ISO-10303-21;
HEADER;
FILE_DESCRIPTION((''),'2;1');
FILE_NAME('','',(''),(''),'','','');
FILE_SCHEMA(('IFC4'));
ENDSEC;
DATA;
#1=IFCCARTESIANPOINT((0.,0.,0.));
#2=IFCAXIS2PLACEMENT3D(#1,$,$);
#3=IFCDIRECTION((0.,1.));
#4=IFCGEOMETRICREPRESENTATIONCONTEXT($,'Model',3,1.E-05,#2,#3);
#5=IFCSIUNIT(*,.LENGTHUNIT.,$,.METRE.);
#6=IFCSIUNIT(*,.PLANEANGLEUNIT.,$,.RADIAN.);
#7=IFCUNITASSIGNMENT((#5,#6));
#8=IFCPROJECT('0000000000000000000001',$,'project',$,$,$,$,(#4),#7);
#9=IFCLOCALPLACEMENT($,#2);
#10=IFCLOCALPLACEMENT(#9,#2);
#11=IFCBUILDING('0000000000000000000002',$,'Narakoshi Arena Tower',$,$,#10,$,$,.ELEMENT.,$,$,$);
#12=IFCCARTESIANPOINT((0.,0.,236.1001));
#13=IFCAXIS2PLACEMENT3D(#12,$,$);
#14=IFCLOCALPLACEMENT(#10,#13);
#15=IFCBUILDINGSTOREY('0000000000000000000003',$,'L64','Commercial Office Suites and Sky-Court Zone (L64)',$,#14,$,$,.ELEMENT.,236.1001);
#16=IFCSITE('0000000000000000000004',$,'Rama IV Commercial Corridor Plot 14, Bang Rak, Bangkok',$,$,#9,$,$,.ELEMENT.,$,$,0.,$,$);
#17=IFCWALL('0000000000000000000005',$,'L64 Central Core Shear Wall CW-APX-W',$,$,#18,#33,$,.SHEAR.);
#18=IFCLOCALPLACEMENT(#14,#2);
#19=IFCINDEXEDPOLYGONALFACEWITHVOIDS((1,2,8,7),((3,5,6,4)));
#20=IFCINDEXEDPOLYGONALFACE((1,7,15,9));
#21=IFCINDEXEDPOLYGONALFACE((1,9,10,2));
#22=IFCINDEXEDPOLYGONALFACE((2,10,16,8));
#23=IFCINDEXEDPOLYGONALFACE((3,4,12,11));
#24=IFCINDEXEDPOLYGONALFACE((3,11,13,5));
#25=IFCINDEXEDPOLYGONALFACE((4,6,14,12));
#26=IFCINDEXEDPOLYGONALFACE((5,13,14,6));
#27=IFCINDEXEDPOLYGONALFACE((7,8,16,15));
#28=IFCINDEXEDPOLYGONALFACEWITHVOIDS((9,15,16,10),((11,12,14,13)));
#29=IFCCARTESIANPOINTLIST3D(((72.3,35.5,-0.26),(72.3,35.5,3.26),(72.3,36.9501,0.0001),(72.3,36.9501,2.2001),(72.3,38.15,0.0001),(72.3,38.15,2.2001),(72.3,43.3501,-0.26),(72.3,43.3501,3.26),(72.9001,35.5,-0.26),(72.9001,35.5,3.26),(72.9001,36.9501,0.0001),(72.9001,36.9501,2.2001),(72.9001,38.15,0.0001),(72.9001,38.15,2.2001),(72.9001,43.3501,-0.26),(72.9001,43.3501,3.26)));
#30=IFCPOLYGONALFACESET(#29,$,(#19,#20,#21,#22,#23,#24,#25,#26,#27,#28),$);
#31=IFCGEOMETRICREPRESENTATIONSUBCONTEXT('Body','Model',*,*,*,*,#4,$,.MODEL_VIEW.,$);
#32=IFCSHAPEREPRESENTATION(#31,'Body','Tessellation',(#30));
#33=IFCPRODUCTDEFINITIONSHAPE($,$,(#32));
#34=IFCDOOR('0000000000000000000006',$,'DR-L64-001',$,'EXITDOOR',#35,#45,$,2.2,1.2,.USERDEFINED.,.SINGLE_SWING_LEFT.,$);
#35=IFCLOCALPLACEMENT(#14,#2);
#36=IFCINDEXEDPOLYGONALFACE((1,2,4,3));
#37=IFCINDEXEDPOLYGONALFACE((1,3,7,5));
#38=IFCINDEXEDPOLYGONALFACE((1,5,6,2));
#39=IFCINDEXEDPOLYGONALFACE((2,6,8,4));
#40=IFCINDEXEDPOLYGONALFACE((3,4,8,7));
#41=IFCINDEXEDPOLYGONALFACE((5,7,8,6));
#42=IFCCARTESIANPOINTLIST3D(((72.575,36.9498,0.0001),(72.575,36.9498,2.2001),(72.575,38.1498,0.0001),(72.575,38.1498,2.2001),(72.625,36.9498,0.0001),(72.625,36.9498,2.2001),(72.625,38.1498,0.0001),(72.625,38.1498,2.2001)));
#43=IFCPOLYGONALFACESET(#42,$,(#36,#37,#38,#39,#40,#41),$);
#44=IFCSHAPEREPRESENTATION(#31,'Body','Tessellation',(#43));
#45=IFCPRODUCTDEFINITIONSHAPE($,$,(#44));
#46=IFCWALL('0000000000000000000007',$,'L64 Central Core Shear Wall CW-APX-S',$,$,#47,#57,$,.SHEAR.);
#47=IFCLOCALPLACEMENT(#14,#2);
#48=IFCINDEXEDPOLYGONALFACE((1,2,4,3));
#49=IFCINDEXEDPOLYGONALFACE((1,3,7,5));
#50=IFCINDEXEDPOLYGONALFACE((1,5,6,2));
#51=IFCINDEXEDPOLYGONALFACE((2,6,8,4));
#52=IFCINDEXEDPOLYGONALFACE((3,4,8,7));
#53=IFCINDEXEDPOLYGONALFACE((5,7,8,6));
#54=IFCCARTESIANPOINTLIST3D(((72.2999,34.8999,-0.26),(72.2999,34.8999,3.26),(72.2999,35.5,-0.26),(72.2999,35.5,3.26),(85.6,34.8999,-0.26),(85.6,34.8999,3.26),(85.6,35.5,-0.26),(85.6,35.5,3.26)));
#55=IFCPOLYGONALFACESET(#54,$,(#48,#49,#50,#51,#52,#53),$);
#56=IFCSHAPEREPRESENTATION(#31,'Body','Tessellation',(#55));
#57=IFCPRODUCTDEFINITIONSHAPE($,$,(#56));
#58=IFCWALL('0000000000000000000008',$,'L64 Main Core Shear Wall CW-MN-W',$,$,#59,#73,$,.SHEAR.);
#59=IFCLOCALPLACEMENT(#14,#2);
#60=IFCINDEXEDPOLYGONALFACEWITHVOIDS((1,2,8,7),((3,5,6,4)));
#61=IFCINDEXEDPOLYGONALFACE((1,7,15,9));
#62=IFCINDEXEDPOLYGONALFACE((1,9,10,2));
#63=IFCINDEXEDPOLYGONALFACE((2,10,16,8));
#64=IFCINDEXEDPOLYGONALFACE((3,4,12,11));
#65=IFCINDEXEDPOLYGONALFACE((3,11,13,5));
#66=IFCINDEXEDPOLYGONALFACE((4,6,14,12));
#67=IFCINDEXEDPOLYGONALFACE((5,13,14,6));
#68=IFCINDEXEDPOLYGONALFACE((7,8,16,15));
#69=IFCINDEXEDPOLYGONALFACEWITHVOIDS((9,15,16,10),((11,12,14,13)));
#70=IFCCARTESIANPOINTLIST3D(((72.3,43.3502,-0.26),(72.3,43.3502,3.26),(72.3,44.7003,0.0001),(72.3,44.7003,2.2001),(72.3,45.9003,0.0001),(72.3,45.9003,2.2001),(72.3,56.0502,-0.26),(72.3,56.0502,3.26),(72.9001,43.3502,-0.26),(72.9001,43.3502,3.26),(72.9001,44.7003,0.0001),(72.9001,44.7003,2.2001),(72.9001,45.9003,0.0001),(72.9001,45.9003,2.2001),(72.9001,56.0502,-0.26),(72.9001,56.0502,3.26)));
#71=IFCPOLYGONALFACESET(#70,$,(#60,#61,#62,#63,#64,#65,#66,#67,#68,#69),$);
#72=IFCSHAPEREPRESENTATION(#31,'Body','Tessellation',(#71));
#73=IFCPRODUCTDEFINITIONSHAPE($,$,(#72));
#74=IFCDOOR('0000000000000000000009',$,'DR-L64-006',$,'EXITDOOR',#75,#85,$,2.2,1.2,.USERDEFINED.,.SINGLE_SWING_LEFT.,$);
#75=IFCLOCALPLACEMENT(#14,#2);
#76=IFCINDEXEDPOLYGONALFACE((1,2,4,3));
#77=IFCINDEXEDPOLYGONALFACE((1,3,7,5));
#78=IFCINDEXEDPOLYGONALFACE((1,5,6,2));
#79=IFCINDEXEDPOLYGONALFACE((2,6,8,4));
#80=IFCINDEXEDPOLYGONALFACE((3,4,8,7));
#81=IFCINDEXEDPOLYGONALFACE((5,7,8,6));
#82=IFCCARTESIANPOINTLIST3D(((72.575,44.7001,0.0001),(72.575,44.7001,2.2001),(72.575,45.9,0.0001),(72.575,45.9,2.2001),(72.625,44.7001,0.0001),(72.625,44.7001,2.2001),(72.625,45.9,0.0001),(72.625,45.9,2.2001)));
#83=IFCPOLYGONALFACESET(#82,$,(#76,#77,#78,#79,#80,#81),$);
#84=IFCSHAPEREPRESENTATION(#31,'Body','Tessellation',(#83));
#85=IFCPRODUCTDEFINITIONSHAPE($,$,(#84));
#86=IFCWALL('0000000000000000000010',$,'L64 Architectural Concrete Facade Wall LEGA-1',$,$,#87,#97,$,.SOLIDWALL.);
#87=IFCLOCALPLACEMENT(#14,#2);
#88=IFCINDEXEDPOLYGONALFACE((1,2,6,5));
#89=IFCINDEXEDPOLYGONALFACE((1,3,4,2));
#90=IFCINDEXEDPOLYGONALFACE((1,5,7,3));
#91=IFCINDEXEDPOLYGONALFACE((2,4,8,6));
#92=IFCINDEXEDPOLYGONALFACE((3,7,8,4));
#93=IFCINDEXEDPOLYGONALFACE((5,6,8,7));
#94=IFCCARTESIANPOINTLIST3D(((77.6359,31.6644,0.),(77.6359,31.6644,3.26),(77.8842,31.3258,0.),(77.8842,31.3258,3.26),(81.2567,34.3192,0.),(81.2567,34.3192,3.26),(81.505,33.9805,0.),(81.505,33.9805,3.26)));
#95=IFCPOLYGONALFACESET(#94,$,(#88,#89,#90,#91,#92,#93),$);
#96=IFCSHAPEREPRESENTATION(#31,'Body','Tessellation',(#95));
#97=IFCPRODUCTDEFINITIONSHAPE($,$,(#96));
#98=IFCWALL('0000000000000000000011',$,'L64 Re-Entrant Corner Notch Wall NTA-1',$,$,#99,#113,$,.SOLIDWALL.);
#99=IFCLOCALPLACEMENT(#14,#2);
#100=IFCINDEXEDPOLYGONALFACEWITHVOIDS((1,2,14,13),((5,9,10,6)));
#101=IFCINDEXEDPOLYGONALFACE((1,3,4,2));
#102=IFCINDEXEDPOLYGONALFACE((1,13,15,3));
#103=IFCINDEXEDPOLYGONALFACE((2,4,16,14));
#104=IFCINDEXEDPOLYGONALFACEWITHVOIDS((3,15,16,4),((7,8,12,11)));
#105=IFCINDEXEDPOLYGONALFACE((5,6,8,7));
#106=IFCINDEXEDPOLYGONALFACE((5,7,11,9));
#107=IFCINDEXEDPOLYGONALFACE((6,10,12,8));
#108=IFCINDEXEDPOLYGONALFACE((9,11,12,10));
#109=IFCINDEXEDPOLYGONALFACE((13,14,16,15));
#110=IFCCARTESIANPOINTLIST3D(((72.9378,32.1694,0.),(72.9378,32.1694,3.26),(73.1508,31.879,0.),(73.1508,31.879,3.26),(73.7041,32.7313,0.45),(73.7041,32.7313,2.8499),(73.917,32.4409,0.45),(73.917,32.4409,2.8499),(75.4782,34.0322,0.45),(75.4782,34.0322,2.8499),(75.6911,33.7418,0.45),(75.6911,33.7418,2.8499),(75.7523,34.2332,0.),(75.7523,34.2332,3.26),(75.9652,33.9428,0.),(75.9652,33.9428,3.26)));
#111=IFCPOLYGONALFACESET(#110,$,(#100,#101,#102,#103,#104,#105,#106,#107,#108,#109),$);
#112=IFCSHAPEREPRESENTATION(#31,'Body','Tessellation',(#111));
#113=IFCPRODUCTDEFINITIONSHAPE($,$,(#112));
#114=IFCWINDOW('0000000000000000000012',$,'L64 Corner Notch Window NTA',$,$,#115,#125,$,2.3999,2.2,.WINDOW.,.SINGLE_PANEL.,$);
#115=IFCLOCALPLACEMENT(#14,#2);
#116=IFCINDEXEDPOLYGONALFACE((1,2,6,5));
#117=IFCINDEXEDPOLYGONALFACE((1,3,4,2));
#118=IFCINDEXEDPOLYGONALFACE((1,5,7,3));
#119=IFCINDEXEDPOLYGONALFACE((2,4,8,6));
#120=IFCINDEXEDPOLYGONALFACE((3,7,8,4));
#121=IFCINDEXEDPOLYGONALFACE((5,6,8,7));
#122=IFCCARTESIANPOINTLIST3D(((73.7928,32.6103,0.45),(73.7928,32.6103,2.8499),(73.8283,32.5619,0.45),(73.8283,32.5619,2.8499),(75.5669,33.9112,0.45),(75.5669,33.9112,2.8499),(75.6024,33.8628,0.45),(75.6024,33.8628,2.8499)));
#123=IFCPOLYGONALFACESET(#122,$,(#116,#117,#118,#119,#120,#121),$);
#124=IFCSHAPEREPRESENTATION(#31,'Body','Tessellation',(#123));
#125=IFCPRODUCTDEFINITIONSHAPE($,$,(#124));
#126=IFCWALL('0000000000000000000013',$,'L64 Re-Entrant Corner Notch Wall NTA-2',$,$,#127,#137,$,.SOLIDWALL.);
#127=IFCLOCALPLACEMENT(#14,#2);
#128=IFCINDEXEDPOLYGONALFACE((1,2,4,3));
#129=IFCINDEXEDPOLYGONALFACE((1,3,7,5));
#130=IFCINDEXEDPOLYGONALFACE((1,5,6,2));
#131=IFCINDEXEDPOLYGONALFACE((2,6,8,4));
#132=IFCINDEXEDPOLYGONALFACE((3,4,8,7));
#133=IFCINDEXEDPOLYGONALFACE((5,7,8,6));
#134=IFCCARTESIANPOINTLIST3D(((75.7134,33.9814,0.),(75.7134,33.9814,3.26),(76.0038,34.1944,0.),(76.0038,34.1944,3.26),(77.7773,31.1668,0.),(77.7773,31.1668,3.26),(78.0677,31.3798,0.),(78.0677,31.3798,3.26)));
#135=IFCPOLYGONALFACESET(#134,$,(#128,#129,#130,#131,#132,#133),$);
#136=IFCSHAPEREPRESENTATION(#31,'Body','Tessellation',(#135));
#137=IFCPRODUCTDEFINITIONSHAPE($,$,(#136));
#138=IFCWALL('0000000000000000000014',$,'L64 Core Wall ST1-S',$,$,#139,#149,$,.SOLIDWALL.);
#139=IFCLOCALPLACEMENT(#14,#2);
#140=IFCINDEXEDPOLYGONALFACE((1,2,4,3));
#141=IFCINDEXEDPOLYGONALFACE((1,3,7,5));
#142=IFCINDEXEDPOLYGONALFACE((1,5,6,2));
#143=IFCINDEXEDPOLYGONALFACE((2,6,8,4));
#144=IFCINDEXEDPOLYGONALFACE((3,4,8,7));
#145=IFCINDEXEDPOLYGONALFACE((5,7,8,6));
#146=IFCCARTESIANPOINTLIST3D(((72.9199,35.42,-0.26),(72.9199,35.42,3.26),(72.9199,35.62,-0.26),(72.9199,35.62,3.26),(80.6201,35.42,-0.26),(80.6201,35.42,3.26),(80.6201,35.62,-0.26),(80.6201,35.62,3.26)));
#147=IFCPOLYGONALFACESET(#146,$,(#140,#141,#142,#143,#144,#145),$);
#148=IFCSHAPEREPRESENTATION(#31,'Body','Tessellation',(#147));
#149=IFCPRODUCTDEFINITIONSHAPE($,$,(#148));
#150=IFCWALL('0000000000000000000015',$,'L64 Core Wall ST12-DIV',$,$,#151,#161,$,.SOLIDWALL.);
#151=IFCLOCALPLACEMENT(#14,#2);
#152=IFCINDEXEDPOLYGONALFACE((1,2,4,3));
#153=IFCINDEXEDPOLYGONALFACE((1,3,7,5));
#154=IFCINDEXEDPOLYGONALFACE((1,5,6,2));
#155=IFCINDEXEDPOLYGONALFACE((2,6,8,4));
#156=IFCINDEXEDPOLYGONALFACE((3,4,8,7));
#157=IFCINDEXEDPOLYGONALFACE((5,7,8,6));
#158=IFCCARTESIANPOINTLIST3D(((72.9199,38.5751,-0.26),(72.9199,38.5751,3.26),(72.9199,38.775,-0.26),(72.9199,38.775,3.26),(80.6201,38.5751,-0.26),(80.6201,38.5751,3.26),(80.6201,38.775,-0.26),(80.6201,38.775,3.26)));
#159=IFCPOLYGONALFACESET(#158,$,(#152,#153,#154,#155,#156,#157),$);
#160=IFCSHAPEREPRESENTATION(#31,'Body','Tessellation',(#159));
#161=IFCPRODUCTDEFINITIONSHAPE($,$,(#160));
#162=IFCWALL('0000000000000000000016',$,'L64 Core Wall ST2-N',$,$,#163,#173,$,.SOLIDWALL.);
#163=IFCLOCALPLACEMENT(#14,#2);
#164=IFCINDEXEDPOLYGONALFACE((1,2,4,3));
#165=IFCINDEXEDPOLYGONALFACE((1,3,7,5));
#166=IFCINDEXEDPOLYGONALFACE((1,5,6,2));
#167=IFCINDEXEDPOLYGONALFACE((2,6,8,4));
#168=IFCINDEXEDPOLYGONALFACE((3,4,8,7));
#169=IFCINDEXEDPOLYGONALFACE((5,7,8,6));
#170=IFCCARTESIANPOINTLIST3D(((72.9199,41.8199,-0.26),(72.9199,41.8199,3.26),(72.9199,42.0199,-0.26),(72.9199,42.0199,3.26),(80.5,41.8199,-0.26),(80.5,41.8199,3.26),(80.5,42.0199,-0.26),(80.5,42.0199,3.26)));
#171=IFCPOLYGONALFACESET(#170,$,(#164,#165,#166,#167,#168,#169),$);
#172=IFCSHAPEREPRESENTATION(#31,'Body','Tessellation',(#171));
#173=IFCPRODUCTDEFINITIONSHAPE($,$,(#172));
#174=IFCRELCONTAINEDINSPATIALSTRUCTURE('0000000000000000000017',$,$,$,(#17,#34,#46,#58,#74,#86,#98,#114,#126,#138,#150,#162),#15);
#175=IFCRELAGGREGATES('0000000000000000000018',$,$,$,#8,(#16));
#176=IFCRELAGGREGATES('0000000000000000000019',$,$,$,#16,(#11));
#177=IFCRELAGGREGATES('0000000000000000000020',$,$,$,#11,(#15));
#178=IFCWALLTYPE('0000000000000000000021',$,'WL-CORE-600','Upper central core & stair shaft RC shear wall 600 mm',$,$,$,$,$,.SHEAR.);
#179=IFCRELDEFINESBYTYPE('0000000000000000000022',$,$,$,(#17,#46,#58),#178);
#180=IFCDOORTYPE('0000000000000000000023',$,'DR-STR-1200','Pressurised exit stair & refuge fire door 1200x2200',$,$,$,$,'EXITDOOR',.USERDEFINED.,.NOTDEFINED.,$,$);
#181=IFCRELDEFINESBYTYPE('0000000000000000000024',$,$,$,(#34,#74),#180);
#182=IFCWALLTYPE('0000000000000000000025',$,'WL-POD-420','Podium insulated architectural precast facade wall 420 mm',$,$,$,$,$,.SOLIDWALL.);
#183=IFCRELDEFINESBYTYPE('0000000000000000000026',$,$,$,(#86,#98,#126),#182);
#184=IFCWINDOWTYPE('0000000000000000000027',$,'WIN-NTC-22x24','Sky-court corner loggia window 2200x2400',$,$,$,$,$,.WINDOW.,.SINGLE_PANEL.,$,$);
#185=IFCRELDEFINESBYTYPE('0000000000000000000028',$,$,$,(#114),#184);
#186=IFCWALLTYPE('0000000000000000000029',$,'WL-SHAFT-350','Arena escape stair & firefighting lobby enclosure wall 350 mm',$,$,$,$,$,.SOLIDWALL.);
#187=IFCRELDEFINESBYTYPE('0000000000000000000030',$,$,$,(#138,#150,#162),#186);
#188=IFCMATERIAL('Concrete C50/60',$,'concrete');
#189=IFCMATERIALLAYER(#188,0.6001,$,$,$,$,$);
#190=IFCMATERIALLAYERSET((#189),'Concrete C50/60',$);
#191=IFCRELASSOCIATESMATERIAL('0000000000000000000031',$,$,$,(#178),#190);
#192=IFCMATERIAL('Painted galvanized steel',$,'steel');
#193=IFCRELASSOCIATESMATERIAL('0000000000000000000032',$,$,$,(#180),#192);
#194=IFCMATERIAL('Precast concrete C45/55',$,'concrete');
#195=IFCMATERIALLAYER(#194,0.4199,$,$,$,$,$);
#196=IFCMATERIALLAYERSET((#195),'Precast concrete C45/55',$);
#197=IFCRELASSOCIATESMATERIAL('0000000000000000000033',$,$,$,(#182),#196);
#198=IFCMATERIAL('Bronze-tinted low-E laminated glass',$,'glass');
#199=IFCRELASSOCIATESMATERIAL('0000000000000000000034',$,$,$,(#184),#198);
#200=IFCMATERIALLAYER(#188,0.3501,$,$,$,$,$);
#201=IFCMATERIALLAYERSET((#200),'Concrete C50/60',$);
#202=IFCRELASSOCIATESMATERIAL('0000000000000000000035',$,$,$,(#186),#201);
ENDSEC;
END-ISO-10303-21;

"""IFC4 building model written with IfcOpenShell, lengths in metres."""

from ifc_helpers import new_model, si_unit, direction, frame, frame_2d, origin, place, context, subcontext, project, spatial, rectangle, extrude, material, layer, layer_set, type_object, element, fill, save


model = new_model("IFC4")

# Units and contexts
model_context = context("Model", 3, precision=1e-05, world=origin(), true_north=direction((0.0, 1.0)))
body_context = subcontext(model_context, "Body", "Model", "MODEL_VIEW")
ifc_project = project(units=[si_unit("LENGTHUNIT", "METRE"), si_unit("PLANEANGLEUNIT", "RADIAN")], contexts=[model_context])

# Site, building, storey
site_placement = place(None, origin())
site = spatial("IfcSite", under=ifc_project, at=site_placement, Name="Rama IV Commercial Corridor Plot 14, Bang Rak, Bangkok", CompositionType="ELEMENT", RefElevation=0.0)
building_placement = place(site_placement, origin())
building = spatial("IfcBuilding", under=site, at=building_placement, Name="Narakoshi Arena Tower", CompositionType="ELEMENT")
storey_placement = place(building_placement, frame((0.0, 0.0, 236.1001)))
storey = spatial("IfcBuildingStorey", under=building, at=storey_placement, Name="L64", Description="Commercial Office Suites and Sky-Court Zone (L64)", CompositionType="ELEMENT", Elevation=236.1001)

# Wall, opening, door
ifc_material_1 = material(Name="Concrete C50/60", Category="concrete")
ifc_layer_1 = layer(ifc_material_1, 0.6001)
ifc_layer_set_1 = layer_set([ifc_layer_1], Name="Concrete C50/60")
wall_type_1 = type_object("IfcWallType", Name="WL-CORE-600", Description="Upper central core & stair shaft RC shear wall 600 mm", PredefinedType="SHEAR", material=ifc_layer_set_1)
wall_1_placement = place(storey_placement, frame((72.6001, 35.5, -0.26), z_axis=(0.0, 0.0, 1.0), x_axis=(0.0, 1.0, 0.0)))
wall_1 = element("IfcWall", 1, at=wall_1_placement, inside=storey, type_object=wall_type_1, Name="L64 Central Core Shear Wall CW-APX-W", PredefinedType="SHEAR", context=body_context, shape_type="SweptSolid", body=[
    extrude(rectangle(XDim=7.8501, YDim=0.6001, at=frame_2d((3.925, 0.0))), origin(), (0.0, 0.0, 1.0), 3.52),
])
opening_1_placement = place(wall_1_placement, frame((1.45, 0.0, 0.26)))
opening_1 = element("IfcOpeningElement", 2, at=opening_1_placement, cuts=wall_1, PredefinedType="OPENING", context=body_context, shape_type="SweptSolid", body=[
    extrude(rectangle(XDim=1.2, YDim=2.2, at=frame_2d((0.6001, 1.1001))), frame((0.0, 0.3101, 0.0), z_axis=(0.0, -1.0, 0.0), x_axis=(1.0, 0.0, 0.0)), (0.0, 0.0, 1.0), 0.6201),
])
ifc_material_2 = material(Name="Painted galvanized steel", Category="steel")
door_type = type_object("IfcDoorType", Name="DR-STR-1200", Description="Pressurised exit stair & refuge fire door 1200x2200", ElementType="EXITDOOR", OperationType="NOTDEFINED", PredefinedType="USERDEFINED", material=ifc_material_2)
door_1_placement = place(opening_1_placement, frame((1.2, 0.0, 0.0), z_axis=(0.0, 0.0, 1.0), x_axis=(-1.0, 0.0, 0.0)))
door_1 = element("IfcDoor", 3, at=door_1_placement, inside=storey, type_object=door_type, Name="DR-L64-001", ObjectType="EXITDOOR", OperationType="SINGLE_SWING_LEFT", OverallHeight=2.2, OverallWidth=1.2, PredefinedType="USERDEFINED", context=body_context, shape_type="SweptSolid", body=[
    extrude(rectangle(XDim=1.2, YDim=2.2, at=frame_2d((0.6001, 1.1001))), frame((0.0, 0.0249, 0.0), z_axis=(0.0, -1.0, 0.0), x_axis=(1.0, 0.0, 0.0)), (0.0, 0.0, 1.0), 0.05),
])
fill(opening_1, door_1)

# Wall
wall_2_placement = place(storey_placement, frame((72.3, 35.2, -0.26), z_axis=(0.0, 0.0, 1.0), x_axis=(1.0, 0.0, 0.0)))
element("IfcWall", 4, at=wall_2_placement, inside=storey, type_object=wall_type_1, Name="L64 Central Core Shear Wall CW-APX-S", PredefinedType="SHEAR", context=body_context, shape_type="SweptSolid", body=[
    extrude(rectangle(XDim=13.3, YDim=0.6001, at=frame_2d((6.6499, 0.0))), origin(), (0.0, 0.0, 1.0), 3.52),
])

# Wall, opening, door
wall_3_placement = place(storey_placement, frame((72.6001, 43.3501, -0.26), z_axis=(0.0, 0.0, 1.0), x_axis=(0.0, 1.0, 0.0)))
wall_3 = element("IfcWall", 5, at=wall_3_placement, inside=storey, type_object=wall_type_1, Name="L64 Main Core Shear Wall CW-MN-W", PredefinedType="SHEAR", context=body_context, shape_type="SweptSolid", body=[
    extrude(rectangle(XDim=12.7, YDim=0.6001, at=frame_2d((6.3501, 0.0))), origin(), (0.0, 0.0, 1.0), 3.52),
])
opening_2_placement = place(wall_3_placement, frame((1.3501, 0.0, 0.26)))
opening_2 = element("IfcOpeningElement", 6, at=opening_2_placement, cuts=wall_3, PredefinedType="OPENING", context=body_context, shape_type="SweptSolid", body=[
    extrude(rectangle(XDim=1.2, YDim=2.2, at=frame_2d((0.6001, 1.1001))), frame((0.0, 0.3101, 0.0), z_axis=(0.0, -1.0, 0.0), x_axis=(1.0, 0.0, 0.0)), (0.0, 0.0, 1.0), 0.6201),
])
door_2_placement = place(opening_2_placement, frame((1.2, 0.0, 0.0), z_axis=(0.0, 0.0, 1.0), x_axis=(-1.0, 0.0, 0.0)))
door_2 = element("IfcDoor", 7, at=door_2_placement, inside=storey, type_object=door_type, Name="DR-L64-006", ObjectType="EXITDOOR", OperationType="SINGLE_SWING_LEFT", OverallHeight=2.2, OverallWidth=1.2, PredefinedType="USERDEFINED", context=body_context, shape_type="SweptSolid", body=[
    extrude(rectangle(XDim=1.2, YDim=2.2, at=frame_2d((0.6001, 1.1001))), frame((0.0, 0.0249, 0.0), z_axis=(0.0, -1.0, 0.0), x_axis=(1.0, 0.0, 0.0)), (0.0, 0.0, 1.0), 0.05),
])
fill(opening_2, door_2)

# Wall
ifc_material_3 = material(Name="Precast concrete C45/55", Category="concrete")
ifc_layer_2 = layer(ifc_material_3, 0.4199)
ifc_layer_set_2 = layer_set([ifc_layer_2], Name="Precast concrete C45/55")
wall_type_2 = type_object("IfcWallType", Name="WL-POD-420", Description="Podium insulated architectural precast facade wall 420 mm", PredefinedType="SOLIDWALL", material=ifc_layer_set_2)
wall_4_placement = place(storey_placement, frame((77.76, 31.4951, 0.0), z_axis=(0.0, 0.0, 1.0), x_axis=(0.806459, 0.591291, 0.0)))
element("IfcWall", 8, at=wall_4_placement, inside=storey, type_object=wall_type_2, Name="L64 Architectural Concrete Facade Wall LEGA-1", PredefinedType="SOLIDWALL", context=body_context, shape_type="SweptSolid", body=[
    extrude(rectangle(XDim=4.4897, YDim=0.4199, at=frame_2d((2.2449, 0.0))), origin(), (0.0, 0.0, 1.0), 3.26),
])

# Wall, opening, window
wall_5_placement = place(storey_placement, frame((73.0442, 32.0242, 0.0), z_axis=(0.0, 0.0, 1.0), x_axis=(0.806434, 0.591324, 0.0)))
wall_5 = element("IfcWall", 9, at=wall_5_placement, inside=storey, type_object=wall_type_2, Name="L64 Re-Entrant Corner Notch Wall NTA-1", PredefinedType="SOLIDWALL", context=body_context, shape_type="SweptSolid", body=[
    extrude(rectangle(XDim=3.49, YDim=0.3601, at=frame_2d((1.7451, 0.0))), origin(), (0.0, 0.0, 1.0), 3.26),
])
opening_3_placement = place(wall_5_placement, frame((0.9502, 0.0, 0.45)))
opening_3 = element("IfcOpeningElement", 10, at=opening_3_placement, cuts=wall_5, PredefinedType="OPENING", context=body_context, shape_type="SweptSolid", body=[
    extrude(rectangle(XDim=2.2, YDim=2.3999, at=frame_2d((1.1001, 1.2))), frame((0.0, 0.1899, 0.0), z_axis=(0.0, -1.0, 0.0), x_axis=(1.0, 0.0, 0.0)), (0.0, 0.0, 1.0), 0.3801),
])
ifc_material_4 = material(Name="Bronze-tinted low-E laminated glass", Category="glass")
window_type = type_object("IfcWindowType", Name="WIN-NTC-22x24", Description="Sky-court corner loggia window 2200x2400", PartitioningType="SINGLE_PANEL", PredefinedType="WINDOW", material=ifc_material_4)
window_placement = place(opening_3_placement, origin())
window = element("IfcWindow", 11, at=window_placement, inside=storey, type_object=window_type, Name="L64 Corner Notch Window NTA", OverallHeight=2.3999, OverallWidth=2.2, PartitioningType="SINGLE_PANEL", PredefinedType="WINDOW", context=body_context, shape_type="SweptSolid", body=[
    extrude(rectangle(XDim=2.2, YDim=2.3999, at=frame_2d((1.1001, 1.2))), frame((0.0, 0.03, 0.0), z_axis=(0.0, -1.0, 0.0), x_axis=(1.0, 0.0, 0.0)), (0.0, 0.0, 1.0), 0.0601),
])
fill(opening_3, window)

# Walls
wall_6_placement = place(storey_placement, frame((75.8586, 34.0879, 0.0), z_axis=(0.0, 0.0, 1.0), x_axis=(0.591336, -0.806425, 0.0)))
element("IfcWall", 12, at=wall_6_placement, inside=storey, type_object=wall_type_2, Name="L64 Re-Entrant Corner Notch Wall NTA-2", PredefinedType="SOLIDWALL", context=body_context, shape_type="SweptSolid", body=[
    extrude(rectangle(XDim=3.4902, YDim=0.3601, at=frame_2d((1.7451, 0.0))), origin(), (0.0, 0.0, 1.0), 3.26),
])
ifc_layer_3 = layer(ifc_material_1, 0.3501)
ifc_layer_set_3 = layer_set([ifc_layer_3], Name="Concrete C50/60")
wall_type_3 = type_object("IfcWallType", Name="WL-SHAFT-350", Description="Arena escape stair & firefighting lobby enclosure wall 350 mm", PredefinedType="SOLIDWALL", material=ifc_layer_set_3)
for number, where, z_axis, x_axis, name in (
    (13, (72.9199, 35.52, -0.26), (0.0, 0.0, 1.0), (1.0, 0.0, 0.0), "L64 Core Wall ST1-S"),
    (14, (72.9199, 38.675, -0.26), (0.0, 0.0, 1.0), (1.0, 0.0, 0.0), "L64 Core Wall ST12-DIV"),
):
    element("IfcWall", number, at=place(storey_placement, frame(where, z_axis=z_axis, x_axis=x_axis)), inside=storey, type_object=wall_type_3, Name=name, PredefinedType="SOLIDWALL", context=body_context, shape_type="SweptSolid", body=[
        extrude(rectangle(XDim=7.7002, YDim=0.2, at=frame_2d((3.8501, 0.0))), origin(), (0.0, 0.0, 1.0), 3.52),
    ])
wall_7_placement = place(storey_placement, frame((72.9199, 41.9199, -0.26), z_axis=(0.0, 0.0, 1.0), x_axis=(1.0, 0.0, 0.0)))
element("IfcWall", 15, at=wall_7_placement, inside=storey, type_object=wall_type_3, Name="L64 Core Wall ST2-N", PredefinedType="SOLIDWALL", context=body_context, shape_type="SweptSolid", body=[
    extrude(rectangle(XDim=7.5801, YDim=0.2, at=frame_2d((3.79, 0.0))), origin(), (0.0, 0.0, 1.0), 3.52),
])

save(model, "model.ifc")
